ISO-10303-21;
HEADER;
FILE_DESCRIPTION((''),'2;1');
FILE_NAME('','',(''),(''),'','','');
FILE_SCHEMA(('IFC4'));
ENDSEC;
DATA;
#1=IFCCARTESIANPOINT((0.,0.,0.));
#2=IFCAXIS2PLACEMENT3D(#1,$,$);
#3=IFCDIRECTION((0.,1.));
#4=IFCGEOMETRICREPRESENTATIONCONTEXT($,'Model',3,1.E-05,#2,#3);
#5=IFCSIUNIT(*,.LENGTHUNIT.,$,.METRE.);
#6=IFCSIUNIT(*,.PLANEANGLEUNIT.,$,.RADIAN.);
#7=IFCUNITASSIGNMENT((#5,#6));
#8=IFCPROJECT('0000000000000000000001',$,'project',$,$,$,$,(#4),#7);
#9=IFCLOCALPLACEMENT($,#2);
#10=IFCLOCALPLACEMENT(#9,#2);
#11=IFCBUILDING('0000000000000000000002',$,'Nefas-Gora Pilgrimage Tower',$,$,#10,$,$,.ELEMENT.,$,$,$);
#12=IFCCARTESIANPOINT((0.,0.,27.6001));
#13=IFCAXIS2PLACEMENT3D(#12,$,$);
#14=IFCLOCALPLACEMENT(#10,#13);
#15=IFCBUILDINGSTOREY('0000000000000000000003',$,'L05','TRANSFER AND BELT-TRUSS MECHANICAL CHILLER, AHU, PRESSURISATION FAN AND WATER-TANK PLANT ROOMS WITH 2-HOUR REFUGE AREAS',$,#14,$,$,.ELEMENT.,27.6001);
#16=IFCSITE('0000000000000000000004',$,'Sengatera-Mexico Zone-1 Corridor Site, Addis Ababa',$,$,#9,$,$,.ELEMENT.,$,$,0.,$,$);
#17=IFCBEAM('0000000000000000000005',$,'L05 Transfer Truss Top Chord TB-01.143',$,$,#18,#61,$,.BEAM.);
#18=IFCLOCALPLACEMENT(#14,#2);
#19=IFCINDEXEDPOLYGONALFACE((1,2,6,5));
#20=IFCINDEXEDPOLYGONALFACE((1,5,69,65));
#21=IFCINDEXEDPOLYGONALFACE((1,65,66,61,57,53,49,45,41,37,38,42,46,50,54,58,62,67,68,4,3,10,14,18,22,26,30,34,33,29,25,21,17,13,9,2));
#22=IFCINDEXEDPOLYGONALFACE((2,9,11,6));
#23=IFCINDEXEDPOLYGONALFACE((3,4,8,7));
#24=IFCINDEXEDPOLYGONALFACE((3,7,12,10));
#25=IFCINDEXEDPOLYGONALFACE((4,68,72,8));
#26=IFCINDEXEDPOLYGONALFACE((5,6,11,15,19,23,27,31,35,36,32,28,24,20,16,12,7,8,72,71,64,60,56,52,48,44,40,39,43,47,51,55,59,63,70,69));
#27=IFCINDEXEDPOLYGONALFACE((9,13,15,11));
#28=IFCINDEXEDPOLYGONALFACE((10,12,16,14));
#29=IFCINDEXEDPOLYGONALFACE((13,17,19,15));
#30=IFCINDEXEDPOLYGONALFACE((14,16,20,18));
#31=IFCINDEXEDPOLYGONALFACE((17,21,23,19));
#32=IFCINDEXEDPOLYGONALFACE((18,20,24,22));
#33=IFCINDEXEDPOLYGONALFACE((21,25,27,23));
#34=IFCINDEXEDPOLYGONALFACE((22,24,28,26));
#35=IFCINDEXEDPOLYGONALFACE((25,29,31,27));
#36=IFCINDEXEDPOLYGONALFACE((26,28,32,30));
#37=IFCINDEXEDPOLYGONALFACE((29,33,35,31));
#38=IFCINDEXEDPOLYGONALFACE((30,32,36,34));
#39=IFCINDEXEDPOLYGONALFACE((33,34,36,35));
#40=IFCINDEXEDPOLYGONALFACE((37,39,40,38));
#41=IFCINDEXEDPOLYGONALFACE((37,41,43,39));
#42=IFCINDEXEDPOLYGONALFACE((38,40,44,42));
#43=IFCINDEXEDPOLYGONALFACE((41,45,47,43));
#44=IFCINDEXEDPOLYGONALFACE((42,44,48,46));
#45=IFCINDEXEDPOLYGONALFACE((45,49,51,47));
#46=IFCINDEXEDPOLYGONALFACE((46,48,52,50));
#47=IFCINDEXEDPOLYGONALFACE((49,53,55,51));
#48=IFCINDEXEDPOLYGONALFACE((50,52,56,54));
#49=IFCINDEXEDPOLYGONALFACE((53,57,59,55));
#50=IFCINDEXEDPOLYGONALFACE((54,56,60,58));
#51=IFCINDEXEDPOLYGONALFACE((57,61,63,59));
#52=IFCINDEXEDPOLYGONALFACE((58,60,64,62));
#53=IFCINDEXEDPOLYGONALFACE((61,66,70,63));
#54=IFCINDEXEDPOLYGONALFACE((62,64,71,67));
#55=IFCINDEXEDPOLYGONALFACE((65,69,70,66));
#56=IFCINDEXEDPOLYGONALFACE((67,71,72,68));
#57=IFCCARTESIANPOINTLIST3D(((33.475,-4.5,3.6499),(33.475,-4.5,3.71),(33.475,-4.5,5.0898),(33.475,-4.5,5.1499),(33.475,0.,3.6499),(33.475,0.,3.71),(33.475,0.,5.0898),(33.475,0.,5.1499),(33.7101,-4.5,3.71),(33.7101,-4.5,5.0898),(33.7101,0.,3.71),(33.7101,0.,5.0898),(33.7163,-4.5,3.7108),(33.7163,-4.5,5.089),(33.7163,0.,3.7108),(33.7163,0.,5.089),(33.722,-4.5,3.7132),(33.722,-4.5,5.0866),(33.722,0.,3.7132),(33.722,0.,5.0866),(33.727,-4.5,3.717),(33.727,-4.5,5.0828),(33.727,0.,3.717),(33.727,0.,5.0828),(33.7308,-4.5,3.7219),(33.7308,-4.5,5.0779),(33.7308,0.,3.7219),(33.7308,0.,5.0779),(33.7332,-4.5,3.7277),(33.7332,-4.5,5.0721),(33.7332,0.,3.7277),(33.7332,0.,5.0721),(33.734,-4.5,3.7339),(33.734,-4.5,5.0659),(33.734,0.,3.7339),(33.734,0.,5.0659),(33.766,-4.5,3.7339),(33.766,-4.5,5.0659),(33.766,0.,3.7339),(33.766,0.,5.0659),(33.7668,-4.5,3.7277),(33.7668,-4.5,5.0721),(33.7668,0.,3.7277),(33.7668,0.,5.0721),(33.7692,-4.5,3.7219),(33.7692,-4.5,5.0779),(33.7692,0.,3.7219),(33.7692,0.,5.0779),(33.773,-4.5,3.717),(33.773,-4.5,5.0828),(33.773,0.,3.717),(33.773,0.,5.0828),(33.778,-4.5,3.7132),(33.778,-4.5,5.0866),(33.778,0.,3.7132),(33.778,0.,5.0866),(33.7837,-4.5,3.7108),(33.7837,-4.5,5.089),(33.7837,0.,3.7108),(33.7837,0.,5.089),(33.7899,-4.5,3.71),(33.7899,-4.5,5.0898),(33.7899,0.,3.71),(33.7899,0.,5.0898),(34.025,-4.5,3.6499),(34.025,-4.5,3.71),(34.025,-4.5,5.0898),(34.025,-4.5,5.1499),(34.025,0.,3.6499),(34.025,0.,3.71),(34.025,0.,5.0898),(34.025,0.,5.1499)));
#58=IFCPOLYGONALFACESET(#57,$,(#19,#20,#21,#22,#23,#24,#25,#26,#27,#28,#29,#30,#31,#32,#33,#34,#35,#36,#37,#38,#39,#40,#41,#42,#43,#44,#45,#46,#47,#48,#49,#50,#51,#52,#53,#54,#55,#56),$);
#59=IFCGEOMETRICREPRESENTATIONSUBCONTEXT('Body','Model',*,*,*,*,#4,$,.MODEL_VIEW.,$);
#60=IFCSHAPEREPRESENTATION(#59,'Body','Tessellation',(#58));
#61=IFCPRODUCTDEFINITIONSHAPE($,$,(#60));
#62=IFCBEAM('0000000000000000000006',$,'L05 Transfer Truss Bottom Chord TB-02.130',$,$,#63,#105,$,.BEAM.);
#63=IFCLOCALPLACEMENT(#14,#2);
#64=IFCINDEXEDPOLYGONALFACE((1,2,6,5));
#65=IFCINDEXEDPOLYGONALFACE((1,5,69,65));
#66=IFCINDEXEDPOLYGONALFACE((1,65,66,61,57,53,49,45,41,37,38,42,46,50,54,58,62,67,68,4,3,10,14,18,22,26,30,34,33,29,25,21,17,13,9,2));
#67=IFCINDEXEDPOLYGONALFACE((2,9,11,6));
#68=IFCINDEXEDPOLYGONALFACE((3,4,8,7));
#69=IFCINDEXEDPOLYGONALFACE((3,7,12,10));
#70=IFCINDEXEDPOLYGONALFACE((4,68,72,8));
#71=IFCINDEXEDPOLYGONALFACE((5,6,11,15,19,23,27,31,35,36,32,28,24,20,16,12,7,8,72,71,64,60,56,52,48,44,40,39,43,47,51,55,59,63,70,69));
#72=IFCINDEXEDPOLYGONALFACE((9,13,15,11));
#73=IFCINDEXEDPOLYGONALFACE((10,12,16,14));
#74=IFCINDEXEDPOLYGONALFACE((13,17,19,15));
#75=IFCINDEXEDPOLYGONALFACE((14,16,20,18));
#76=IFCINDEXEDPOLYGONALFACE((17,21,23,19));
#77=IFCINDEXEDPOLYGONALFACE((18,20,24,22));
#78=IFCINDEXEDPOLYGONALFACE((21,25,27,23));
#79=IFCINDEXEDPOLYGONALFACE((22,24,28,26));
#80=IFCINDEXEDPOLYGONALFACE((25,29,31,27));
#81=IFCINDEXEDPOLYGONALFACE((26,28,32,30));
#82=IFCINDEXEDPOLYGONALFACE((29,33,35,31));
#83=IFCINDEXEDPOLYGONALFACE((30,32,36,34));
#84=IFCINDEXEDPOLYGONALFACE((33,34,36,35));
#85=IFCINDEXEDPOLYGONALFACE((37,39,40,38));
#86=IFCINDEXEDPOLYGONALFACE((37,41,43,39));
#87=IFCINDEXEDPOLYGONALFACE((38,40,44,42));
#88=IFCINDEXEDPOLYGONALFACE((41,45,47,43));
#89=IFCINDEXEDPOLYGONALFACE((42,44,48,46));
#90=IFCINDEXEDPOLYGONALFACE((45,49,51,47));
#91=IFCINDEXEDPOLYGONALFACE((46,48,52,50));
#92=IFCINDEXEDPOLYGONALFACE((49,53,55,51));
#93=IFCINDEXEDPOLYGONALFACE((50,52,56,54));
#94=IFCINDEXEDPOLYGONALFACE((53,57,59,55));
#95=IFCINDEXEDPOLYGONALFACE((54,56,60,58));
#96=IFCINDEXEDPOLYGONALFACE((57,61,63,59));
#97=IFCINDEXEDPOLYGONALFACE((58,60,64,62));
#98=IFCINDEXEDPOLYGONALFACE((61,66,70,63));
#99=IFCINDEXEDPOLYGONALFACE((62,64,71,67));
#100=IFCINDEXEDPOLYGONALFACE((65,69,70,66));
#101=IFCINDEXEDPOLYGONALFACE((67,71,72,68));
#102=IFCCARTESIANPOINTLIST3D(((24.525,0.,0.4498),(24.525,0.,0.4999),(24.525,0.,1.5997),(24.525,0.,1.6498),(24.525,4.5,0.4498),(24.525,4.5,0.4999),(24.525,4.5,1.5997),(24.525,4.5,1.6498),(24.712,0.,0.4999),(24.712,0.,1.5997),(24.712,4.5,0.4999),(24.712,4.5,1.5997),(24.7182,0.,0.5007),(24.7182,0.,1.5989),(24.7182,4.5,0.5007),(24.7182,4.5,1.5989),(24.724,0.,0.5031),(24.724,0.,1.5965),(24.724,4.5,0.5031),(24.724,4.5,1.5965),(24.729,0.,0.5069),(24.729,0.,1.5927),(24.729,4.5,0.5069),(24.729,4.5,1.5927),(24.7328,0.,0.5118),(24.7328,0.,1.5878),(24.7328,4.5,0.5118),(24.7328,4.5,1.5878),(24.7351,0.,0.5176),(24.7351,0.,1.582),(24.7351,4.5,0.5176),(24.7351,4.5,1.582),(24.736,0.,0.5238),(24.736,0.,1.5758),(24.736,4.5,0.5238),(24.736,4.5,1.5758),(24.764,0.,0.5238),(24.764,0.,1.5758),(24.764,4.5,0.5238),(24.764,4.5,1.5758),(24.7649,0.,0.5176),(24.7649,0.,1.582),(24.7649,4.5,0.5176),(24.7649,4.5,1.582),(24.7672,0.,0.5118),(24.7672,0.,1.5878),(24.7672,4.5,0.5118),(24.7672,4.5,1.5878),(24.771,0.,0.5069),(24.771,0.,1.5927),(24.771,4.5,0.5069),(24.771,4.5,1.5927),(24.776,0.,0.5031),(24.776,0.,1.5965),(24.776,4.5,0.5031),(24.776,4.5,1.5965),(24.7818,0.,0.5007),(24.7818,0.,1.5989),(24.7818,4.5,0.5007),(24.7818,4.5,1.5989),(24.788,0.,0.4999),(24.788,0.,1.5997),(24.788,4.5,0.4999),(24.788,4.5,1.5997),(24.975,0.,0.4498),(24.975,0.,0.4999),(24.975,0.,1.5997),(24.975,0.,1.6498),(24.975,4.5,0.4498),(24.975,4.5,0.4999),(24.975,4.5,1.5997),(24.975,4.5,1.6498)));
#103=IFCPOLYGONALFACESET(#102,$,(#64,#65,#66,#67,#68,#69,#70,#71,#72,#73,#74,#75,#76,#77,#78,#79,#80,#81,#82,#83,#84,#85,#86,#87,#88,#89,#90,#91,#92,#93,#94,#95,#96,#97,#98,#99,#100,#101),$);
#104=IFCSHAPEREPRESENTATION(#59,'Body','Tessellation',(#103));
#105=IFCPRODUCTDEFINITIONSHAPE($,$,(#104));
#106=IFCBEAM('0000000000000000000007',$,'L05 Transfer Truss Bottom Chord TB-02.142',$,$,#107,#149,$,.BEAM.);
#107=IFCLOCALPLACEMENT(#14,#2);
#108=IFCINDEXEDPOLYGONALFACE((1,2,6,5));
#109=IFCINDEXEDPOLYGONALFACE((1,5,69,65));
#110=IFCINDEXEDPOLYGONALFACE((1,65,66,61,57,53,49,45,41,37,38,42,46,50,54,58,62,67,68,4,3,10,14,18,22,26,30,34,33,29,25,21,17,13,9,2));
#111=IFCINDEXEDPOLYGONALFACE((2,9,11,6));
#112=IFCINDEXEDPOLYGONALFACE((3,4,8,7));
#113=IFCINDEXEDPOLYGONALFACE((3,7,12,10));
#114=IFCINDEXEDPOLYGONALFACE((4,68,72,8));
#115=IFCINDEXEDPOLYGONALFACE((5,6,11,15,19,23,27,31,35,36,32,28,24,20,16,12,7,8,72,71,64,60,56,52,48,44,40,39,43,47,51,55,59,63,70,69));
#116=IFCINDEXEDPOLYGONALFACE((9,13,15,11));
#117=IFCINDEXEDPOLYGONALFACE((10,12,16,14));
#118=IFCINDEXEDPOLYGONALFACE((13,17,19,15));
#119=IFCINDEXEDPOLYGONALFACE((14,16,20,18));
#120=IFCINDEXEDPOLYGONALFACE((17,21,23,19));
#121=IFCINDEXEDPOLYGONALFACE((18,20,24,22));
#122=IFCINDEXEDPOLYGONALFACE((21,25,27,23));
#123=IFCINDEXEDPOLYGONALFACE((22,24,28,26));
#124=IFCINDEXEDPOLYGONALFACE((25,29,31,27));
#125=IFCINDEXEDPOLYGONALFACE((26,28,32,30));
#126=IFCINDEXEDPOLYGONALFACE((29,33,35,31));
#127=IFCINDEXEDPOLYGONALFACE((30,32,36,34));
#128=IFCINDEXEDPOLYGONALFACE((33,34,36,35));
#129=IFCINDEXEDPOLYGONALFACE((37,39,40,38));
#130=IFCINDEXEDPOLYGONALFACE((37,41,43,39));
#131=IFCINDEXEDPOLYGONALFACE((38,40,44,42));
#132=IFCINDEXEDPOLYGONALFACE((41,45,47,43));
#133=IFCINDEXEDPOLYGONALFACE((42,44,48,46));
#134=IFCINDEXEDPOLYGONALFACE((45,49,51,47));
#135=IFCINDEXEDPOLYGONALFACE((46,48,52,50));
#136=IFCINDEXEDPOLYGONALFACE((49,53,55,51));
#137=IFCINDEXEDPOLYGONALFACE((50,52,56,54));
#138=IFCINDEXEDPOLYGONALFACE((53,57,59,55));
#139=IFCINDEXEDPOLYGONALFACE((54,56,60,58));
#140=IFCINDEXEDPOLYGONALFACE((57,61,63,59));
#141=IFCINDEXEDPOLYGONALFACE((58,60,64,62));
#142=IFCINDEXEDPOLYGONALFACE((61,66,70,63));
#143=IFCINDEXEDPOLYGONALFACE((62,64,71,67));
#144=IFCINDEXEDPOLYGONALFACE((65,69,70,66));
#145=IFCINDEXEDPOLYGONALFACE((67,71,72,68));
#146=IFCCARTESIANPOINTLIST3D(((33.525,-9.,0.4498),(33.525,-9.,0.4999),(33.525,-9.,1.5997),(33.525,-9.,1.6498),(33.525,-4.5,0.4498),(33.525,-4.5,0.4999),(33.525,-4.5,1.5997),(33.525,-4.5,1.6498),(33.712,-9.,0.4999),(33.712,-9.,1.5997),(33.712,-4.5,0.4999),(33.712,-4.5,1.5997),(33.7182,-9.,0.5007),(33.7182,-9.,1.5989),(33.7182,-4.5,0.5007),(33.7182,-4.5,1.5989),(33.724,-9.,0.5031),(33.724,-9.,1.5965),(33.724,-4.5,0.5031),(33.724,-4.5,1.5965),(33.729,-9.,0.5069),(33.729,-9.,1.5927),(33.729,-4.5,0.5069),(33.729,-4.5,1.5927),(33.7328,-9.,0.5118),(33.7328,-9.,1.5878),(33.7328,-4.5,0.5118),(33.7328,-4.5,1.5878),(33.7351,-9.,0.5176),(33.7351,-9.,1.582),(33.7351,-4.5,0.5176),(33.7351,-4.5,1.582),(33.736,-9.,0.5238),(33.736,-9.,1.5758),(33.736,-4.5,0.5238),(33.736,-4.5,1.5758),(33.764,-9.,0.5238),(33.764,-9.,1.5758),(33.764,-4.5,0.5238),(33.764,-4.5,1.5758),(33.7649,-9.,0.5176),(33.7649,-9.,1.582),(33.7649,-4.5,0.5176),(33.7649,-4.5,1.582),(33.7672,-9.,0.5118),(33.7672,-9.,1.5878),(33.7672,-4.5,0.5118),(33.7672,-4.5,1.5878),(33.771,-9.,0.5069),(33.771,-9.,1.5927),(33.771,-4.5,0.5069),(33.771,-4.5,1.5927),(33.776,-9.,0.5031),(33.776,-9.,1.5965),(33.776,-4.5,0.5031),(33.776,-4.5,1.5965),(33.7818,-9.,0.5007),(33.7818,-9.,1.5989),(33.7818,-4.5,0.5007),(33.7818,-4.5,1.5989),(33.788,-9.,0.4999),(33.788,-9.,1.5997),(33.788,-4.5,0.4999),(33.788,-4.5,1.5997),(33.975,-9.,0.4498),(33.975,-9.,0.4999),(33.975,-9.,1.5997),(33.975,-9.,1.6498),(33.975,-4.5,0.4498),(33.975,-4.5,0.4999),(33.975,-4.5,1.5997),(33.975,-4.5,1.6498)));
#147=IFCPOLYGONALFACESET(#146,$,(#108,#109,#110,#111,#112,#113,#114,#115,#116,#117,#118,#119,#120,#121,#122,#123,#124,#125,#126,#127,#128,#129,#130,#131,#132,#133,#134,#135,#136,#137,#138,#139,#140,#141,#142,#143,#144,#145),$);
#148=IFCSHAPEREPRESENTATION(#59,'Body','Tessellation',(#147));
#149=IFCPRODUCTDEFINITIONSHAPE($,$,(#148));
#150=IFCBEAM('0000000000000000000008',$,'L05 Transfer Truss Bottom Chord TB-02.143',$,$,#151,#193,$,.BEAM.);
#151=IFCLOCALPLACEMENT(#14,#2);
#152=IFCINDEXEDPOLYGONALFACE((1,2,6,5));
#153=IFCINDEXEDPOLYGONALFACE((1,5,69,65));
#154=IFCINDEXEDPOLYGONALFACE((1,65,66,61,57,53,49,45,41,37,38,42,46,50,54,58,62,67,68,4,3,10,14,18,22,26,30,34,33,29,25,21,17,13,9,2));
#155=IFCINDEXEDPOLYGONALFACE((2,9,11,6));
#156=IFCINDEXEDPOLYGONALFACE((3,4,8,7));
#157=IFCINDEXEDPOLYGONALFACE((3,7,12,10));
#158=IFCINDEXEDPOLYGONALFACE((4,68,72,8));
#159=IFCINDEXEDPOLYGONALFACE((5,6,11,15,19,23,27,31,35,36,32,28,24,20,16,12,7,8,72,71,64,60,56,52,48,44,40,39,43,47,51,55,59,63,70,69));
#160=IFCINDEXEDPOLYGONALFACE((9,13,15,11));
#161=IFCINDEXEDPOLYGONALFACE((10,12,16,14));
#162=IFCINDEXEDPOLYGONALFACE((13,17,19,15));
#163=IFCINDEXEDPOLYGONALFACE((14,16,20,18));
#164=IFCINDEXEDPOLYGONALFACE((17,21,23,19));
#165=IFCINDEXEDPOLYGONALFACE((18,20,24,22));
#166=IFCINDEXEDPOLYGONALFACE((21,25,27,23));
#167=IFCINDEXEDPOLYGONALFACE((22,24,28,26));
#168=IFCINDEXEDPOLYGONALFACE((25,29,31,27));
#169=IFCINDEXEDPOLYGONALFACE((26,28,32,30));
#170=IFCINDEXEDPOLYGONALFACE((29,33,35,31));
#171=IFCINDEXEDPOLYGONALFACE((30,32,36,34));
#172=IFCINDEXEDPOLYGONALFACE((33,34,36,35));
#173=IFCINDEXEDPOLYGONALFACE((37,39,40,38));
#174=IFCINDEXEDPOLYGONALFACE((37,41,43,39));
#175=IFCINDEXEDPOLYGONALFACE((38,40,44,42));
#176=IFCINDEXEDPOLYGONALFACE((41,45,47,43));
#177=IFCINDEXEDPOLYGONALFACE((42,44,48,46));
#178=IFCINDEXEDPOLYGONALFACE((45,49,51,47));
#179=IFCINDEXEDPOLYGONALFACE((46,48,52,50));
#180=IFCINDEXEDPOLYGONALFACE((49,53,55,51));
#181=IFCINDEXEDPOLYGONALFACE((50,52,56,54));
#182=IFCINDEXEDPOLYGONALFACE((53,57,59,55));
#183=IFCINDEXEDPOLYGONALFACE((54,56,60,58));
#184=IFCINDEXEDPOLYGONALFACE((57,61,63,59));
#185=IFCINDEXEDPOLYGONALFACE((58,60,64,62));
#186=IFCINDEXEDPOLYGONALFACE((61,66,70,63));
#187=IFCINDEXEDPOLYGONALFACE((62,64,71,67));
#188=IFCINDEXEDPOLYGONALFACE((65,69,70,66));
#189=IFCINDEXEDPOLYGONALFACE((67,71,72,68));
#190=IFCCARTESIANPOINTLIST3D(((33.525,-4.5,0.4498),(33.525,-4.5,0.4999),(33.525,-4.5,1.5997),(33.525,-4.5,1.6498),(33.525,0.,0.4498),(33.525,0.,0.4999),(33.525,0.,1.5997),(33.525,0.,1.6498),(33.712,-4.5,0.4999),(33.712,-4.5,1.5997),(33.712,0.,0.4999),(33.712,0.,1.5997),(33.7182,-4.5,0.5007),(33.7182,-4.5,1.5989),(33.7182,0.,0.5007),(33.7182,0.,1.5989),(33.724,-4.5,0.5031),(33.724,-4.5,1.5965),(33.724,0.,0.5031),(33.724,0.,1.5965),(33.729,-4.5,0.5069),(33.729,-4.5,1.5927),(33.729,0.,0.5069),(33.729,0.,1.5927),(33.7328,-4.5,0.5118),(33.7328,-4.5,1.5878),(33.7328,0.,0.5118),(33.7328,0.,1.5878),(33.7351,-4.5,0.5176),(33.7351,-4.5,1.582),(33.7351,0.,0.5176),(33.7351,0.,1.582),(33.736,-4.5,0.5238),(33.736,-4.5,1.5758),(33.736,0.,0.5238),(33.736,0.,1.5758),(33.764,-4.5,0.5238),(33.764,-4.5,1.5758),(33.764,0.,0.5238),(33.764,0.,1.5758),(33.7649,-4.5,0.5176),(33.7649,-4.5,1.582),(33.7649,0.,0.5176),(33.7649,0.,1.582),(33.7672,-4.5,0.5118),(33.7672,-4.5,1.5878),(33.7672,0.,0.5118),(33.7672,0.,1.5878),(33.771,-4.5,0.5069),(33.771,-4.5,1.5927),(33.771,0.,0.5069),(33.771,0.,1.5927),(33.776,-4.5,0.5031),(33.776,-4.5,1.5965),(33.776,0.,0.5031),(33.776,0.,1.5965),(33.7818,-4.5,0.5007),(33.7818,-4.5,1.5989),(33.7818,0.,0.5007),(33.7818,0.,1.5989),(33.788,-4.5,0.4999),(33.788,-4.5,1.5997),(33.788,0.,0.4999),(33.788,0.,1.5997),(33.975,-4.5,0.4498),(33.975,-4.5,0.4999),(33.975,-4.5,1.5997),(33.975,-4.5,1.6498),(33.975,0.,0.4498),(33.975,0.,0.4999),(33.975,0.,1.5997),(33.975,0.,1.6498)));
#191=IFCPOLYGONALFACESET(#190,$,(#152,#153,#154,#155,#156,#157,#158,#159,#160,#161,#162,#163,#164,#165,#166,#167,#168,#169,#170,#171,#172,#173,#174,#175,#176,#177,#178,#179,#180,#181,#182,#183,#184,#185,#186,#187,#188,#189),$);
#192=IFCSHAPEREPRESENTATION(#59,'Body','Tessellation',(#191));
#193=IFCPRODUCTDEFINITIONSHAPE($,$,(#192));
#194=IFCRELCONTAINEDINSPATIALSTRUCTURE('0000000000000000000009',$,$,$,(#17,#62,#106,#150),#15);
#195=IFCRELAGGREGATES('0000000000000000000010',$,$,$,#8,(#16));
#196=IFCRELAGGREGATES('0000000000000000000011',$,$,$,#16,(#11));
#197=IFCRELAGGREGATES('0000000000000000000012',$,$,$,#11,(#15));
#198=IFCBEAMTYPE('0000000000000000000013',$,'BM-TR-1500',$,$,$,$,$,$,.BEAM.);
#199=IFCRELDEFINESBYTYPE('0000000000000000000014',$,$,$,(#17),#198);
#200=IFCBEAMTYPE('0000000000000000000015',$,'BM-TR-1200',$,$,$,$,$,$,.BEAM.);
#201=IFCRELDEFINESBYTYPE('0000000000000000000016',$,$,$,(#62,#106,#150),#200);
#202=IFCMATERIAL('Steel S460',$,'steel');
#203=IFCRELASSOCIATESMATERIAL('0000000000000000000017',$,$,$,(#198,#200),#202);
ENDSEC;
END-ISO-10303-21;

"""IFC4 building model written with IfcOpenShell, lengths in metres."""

from ifc_helpers import new_model, si_unit, direction, frame, origin, origin_2d, place, context, subcontext, project, spatial, i_section, extrude, source, transform, mapped, material, material_profile, profile_set, type_object, element, save


model = new_model("IFC4")

# Units and contexts
model_context = context("Model", 3, precision=1e-05, world=origin(), true_north=direction((0.0, 1.0)))
body_context = subcontext(model_context, "Body", "Model", "MODEL_VIEW")
ifc_project = project(units=[si_unit("LENGTHUNIT", "METRE"), si_unit("PLANEANGLEUNIT", "RADIAN")], contexts=[model_context])

# Site, building, storey
site_placement = place(None, origin())
site = spatial("IfcSite", under=ifc_project, at=site_placement, Name="Sengatera-Mexico Zone-1 Corridor Site, Addis Ababa", CompositionType="ELEMENT", RefElevation=0.0)
building_placement = place(site_placement, origin())
building = spatial("IfcBuilding", under=site, at=building_placement, Name="Nefas-Gora Pilgrimage Tower", CompositionType="ELEMENT")
storey_placement = place(building_placement, frame((0.0, 0.0, 27.6001)))
storey = spatial("IfcBuildingStorey", under=building, at=storey_placement, Name="L05", Description="TRANSFER AND BELT-TRUSS MECHANICAL CHILLER, AHU, PRESSURISATION FAN AND WATER-TANK PLANT ROOMS WITH 2-HOUR REFUGE AREAS", CompositionType="ELEMENT", Elevation=27.6001)

# Shared definitions
ifc_material = material(Name="Steel S460", Category="steel")

# Beams
ifc_material_profile_1 = material_profile(ifc_material, i_section(OverallWidth=0.55, OverallDepth=1.5, WebThickness=0.032, FlangeThickness=0.0601, FilletRadius=0.0239, at=origin_2d()), Name="WPG 1500x550x32x60")
ifc_profile_set_1 = profile_set([ifc_material_profile_1], Name="Steel S460")
beam_type_1 = type_object("IfcBeamType", Name="BM-TR-1500", PredefinedType="BEAM", material=ifc_profile_set_1)
shared_shape_1 = source(origin(), body_context, "Body", "SweptSolid", [
    extrude(i_section(OverallWidth=0.55, OverallDepth=1.5, WebThickness=0.032, FlangeThickness=0.0601, FilletRadius=0.0239, at=origin_2d()), origin(), (0.0, 0.0, 1.0), 4.5),
])
for number, where, z_axis, x_axis, name in (
    (1, (33.75, -4.5, 4.3999), (0.0, 1.0, 0.0), (-1.0, 0.0, 0.0), "L05 Transfer Truss Top Chord TB-01.143"),
):
    element("IfcBeam", number, at=place(storey_placement, frame(where, z_axis=z_axis, x_axis=x_axis)), inside=storey, type_object=beam_type_1, Name=name, PredefinedType="BEAM", context=body_context, shape_type="MappedRepresentation", body=[
        mapped(shared_shape_1, transform((0.0, 0.0, 0.0), x_axis=(1.0, 0.0, 0.0), y_axis=(0.0, 1.0, 0.0), z_axis=(0.0, 0.0, 1.0), scale=1.0)),
    ])
ifc_material_profile_2 = material_profile(ifc_material, i_section(OverallWidth=0.45, OverallDepth=1.2, WebThickness=0.0281, FlangeThickness=0.05, FilletRadius=0.0239, at=origin_2d()), Name="WPG 1200x450x28x50")
ifc_profile_set_2 = profile_set([ifc_material_profile_2], Name="Steel S460")
beam_type_2 = type_object("IfcBeamType", Name="BM-TR-1200", PredefinedType="BEAM", material=ifc_profile_set_2)
shared_shape_2 = source(origin(), body_context, "Body", "SweptSolid", [
    extrude(i_section(OverallWidth=0.45, OverallDepth=1.2, WebThickness=0.0281, FlangeThickness=0.05, FilletRadius=0.0239, at=origin_2d()), origin(), (0.0, 0.0, 1.0), 4.5),
])
for number, where, z_axis, x_axis, name in (
    (2, (24.75, 0.0, 1.0498), (0.0, 1.0, 0.0), (-1.0, 0.0, 0.0), "L05 Transfer Truss Bottom Chord TB-02.130"),
    (3, (33.75, -9.0, 1.0498), (0.0, 1.0, 0.0), (-1.0, 0.0, 0.0), "L05 Transfer Truss Bottom Chord TB-02.142"),
    (4, (33.75, -4.5, 1.0498), (0.0, 1.0, 0.0), (-1.0, 0.0, 0.0), "L05 Transfer Truss Bottom Chord TB-02.143"),
):
    element("IfcBeam", number, at=place(storey_placement, frame(where, z_axis=z_axis, x_axis=x_axis)), inside=storey, type_object=beam_type_2, Name=name, PredefinedType="BEAM", context=body_context, shape_type="MappedRepresentation", body=[
        mapped(shared_shape_2, transform((0.0, 0.0, 0.0), x_axis=(1.0, 0.0, 0.0), y_axis=(0.0, 1.0, 0.0), z_axis=(0.0, 0.0, 1.0), scale=1.0)),
    ])

save(model, "model.ifc")
